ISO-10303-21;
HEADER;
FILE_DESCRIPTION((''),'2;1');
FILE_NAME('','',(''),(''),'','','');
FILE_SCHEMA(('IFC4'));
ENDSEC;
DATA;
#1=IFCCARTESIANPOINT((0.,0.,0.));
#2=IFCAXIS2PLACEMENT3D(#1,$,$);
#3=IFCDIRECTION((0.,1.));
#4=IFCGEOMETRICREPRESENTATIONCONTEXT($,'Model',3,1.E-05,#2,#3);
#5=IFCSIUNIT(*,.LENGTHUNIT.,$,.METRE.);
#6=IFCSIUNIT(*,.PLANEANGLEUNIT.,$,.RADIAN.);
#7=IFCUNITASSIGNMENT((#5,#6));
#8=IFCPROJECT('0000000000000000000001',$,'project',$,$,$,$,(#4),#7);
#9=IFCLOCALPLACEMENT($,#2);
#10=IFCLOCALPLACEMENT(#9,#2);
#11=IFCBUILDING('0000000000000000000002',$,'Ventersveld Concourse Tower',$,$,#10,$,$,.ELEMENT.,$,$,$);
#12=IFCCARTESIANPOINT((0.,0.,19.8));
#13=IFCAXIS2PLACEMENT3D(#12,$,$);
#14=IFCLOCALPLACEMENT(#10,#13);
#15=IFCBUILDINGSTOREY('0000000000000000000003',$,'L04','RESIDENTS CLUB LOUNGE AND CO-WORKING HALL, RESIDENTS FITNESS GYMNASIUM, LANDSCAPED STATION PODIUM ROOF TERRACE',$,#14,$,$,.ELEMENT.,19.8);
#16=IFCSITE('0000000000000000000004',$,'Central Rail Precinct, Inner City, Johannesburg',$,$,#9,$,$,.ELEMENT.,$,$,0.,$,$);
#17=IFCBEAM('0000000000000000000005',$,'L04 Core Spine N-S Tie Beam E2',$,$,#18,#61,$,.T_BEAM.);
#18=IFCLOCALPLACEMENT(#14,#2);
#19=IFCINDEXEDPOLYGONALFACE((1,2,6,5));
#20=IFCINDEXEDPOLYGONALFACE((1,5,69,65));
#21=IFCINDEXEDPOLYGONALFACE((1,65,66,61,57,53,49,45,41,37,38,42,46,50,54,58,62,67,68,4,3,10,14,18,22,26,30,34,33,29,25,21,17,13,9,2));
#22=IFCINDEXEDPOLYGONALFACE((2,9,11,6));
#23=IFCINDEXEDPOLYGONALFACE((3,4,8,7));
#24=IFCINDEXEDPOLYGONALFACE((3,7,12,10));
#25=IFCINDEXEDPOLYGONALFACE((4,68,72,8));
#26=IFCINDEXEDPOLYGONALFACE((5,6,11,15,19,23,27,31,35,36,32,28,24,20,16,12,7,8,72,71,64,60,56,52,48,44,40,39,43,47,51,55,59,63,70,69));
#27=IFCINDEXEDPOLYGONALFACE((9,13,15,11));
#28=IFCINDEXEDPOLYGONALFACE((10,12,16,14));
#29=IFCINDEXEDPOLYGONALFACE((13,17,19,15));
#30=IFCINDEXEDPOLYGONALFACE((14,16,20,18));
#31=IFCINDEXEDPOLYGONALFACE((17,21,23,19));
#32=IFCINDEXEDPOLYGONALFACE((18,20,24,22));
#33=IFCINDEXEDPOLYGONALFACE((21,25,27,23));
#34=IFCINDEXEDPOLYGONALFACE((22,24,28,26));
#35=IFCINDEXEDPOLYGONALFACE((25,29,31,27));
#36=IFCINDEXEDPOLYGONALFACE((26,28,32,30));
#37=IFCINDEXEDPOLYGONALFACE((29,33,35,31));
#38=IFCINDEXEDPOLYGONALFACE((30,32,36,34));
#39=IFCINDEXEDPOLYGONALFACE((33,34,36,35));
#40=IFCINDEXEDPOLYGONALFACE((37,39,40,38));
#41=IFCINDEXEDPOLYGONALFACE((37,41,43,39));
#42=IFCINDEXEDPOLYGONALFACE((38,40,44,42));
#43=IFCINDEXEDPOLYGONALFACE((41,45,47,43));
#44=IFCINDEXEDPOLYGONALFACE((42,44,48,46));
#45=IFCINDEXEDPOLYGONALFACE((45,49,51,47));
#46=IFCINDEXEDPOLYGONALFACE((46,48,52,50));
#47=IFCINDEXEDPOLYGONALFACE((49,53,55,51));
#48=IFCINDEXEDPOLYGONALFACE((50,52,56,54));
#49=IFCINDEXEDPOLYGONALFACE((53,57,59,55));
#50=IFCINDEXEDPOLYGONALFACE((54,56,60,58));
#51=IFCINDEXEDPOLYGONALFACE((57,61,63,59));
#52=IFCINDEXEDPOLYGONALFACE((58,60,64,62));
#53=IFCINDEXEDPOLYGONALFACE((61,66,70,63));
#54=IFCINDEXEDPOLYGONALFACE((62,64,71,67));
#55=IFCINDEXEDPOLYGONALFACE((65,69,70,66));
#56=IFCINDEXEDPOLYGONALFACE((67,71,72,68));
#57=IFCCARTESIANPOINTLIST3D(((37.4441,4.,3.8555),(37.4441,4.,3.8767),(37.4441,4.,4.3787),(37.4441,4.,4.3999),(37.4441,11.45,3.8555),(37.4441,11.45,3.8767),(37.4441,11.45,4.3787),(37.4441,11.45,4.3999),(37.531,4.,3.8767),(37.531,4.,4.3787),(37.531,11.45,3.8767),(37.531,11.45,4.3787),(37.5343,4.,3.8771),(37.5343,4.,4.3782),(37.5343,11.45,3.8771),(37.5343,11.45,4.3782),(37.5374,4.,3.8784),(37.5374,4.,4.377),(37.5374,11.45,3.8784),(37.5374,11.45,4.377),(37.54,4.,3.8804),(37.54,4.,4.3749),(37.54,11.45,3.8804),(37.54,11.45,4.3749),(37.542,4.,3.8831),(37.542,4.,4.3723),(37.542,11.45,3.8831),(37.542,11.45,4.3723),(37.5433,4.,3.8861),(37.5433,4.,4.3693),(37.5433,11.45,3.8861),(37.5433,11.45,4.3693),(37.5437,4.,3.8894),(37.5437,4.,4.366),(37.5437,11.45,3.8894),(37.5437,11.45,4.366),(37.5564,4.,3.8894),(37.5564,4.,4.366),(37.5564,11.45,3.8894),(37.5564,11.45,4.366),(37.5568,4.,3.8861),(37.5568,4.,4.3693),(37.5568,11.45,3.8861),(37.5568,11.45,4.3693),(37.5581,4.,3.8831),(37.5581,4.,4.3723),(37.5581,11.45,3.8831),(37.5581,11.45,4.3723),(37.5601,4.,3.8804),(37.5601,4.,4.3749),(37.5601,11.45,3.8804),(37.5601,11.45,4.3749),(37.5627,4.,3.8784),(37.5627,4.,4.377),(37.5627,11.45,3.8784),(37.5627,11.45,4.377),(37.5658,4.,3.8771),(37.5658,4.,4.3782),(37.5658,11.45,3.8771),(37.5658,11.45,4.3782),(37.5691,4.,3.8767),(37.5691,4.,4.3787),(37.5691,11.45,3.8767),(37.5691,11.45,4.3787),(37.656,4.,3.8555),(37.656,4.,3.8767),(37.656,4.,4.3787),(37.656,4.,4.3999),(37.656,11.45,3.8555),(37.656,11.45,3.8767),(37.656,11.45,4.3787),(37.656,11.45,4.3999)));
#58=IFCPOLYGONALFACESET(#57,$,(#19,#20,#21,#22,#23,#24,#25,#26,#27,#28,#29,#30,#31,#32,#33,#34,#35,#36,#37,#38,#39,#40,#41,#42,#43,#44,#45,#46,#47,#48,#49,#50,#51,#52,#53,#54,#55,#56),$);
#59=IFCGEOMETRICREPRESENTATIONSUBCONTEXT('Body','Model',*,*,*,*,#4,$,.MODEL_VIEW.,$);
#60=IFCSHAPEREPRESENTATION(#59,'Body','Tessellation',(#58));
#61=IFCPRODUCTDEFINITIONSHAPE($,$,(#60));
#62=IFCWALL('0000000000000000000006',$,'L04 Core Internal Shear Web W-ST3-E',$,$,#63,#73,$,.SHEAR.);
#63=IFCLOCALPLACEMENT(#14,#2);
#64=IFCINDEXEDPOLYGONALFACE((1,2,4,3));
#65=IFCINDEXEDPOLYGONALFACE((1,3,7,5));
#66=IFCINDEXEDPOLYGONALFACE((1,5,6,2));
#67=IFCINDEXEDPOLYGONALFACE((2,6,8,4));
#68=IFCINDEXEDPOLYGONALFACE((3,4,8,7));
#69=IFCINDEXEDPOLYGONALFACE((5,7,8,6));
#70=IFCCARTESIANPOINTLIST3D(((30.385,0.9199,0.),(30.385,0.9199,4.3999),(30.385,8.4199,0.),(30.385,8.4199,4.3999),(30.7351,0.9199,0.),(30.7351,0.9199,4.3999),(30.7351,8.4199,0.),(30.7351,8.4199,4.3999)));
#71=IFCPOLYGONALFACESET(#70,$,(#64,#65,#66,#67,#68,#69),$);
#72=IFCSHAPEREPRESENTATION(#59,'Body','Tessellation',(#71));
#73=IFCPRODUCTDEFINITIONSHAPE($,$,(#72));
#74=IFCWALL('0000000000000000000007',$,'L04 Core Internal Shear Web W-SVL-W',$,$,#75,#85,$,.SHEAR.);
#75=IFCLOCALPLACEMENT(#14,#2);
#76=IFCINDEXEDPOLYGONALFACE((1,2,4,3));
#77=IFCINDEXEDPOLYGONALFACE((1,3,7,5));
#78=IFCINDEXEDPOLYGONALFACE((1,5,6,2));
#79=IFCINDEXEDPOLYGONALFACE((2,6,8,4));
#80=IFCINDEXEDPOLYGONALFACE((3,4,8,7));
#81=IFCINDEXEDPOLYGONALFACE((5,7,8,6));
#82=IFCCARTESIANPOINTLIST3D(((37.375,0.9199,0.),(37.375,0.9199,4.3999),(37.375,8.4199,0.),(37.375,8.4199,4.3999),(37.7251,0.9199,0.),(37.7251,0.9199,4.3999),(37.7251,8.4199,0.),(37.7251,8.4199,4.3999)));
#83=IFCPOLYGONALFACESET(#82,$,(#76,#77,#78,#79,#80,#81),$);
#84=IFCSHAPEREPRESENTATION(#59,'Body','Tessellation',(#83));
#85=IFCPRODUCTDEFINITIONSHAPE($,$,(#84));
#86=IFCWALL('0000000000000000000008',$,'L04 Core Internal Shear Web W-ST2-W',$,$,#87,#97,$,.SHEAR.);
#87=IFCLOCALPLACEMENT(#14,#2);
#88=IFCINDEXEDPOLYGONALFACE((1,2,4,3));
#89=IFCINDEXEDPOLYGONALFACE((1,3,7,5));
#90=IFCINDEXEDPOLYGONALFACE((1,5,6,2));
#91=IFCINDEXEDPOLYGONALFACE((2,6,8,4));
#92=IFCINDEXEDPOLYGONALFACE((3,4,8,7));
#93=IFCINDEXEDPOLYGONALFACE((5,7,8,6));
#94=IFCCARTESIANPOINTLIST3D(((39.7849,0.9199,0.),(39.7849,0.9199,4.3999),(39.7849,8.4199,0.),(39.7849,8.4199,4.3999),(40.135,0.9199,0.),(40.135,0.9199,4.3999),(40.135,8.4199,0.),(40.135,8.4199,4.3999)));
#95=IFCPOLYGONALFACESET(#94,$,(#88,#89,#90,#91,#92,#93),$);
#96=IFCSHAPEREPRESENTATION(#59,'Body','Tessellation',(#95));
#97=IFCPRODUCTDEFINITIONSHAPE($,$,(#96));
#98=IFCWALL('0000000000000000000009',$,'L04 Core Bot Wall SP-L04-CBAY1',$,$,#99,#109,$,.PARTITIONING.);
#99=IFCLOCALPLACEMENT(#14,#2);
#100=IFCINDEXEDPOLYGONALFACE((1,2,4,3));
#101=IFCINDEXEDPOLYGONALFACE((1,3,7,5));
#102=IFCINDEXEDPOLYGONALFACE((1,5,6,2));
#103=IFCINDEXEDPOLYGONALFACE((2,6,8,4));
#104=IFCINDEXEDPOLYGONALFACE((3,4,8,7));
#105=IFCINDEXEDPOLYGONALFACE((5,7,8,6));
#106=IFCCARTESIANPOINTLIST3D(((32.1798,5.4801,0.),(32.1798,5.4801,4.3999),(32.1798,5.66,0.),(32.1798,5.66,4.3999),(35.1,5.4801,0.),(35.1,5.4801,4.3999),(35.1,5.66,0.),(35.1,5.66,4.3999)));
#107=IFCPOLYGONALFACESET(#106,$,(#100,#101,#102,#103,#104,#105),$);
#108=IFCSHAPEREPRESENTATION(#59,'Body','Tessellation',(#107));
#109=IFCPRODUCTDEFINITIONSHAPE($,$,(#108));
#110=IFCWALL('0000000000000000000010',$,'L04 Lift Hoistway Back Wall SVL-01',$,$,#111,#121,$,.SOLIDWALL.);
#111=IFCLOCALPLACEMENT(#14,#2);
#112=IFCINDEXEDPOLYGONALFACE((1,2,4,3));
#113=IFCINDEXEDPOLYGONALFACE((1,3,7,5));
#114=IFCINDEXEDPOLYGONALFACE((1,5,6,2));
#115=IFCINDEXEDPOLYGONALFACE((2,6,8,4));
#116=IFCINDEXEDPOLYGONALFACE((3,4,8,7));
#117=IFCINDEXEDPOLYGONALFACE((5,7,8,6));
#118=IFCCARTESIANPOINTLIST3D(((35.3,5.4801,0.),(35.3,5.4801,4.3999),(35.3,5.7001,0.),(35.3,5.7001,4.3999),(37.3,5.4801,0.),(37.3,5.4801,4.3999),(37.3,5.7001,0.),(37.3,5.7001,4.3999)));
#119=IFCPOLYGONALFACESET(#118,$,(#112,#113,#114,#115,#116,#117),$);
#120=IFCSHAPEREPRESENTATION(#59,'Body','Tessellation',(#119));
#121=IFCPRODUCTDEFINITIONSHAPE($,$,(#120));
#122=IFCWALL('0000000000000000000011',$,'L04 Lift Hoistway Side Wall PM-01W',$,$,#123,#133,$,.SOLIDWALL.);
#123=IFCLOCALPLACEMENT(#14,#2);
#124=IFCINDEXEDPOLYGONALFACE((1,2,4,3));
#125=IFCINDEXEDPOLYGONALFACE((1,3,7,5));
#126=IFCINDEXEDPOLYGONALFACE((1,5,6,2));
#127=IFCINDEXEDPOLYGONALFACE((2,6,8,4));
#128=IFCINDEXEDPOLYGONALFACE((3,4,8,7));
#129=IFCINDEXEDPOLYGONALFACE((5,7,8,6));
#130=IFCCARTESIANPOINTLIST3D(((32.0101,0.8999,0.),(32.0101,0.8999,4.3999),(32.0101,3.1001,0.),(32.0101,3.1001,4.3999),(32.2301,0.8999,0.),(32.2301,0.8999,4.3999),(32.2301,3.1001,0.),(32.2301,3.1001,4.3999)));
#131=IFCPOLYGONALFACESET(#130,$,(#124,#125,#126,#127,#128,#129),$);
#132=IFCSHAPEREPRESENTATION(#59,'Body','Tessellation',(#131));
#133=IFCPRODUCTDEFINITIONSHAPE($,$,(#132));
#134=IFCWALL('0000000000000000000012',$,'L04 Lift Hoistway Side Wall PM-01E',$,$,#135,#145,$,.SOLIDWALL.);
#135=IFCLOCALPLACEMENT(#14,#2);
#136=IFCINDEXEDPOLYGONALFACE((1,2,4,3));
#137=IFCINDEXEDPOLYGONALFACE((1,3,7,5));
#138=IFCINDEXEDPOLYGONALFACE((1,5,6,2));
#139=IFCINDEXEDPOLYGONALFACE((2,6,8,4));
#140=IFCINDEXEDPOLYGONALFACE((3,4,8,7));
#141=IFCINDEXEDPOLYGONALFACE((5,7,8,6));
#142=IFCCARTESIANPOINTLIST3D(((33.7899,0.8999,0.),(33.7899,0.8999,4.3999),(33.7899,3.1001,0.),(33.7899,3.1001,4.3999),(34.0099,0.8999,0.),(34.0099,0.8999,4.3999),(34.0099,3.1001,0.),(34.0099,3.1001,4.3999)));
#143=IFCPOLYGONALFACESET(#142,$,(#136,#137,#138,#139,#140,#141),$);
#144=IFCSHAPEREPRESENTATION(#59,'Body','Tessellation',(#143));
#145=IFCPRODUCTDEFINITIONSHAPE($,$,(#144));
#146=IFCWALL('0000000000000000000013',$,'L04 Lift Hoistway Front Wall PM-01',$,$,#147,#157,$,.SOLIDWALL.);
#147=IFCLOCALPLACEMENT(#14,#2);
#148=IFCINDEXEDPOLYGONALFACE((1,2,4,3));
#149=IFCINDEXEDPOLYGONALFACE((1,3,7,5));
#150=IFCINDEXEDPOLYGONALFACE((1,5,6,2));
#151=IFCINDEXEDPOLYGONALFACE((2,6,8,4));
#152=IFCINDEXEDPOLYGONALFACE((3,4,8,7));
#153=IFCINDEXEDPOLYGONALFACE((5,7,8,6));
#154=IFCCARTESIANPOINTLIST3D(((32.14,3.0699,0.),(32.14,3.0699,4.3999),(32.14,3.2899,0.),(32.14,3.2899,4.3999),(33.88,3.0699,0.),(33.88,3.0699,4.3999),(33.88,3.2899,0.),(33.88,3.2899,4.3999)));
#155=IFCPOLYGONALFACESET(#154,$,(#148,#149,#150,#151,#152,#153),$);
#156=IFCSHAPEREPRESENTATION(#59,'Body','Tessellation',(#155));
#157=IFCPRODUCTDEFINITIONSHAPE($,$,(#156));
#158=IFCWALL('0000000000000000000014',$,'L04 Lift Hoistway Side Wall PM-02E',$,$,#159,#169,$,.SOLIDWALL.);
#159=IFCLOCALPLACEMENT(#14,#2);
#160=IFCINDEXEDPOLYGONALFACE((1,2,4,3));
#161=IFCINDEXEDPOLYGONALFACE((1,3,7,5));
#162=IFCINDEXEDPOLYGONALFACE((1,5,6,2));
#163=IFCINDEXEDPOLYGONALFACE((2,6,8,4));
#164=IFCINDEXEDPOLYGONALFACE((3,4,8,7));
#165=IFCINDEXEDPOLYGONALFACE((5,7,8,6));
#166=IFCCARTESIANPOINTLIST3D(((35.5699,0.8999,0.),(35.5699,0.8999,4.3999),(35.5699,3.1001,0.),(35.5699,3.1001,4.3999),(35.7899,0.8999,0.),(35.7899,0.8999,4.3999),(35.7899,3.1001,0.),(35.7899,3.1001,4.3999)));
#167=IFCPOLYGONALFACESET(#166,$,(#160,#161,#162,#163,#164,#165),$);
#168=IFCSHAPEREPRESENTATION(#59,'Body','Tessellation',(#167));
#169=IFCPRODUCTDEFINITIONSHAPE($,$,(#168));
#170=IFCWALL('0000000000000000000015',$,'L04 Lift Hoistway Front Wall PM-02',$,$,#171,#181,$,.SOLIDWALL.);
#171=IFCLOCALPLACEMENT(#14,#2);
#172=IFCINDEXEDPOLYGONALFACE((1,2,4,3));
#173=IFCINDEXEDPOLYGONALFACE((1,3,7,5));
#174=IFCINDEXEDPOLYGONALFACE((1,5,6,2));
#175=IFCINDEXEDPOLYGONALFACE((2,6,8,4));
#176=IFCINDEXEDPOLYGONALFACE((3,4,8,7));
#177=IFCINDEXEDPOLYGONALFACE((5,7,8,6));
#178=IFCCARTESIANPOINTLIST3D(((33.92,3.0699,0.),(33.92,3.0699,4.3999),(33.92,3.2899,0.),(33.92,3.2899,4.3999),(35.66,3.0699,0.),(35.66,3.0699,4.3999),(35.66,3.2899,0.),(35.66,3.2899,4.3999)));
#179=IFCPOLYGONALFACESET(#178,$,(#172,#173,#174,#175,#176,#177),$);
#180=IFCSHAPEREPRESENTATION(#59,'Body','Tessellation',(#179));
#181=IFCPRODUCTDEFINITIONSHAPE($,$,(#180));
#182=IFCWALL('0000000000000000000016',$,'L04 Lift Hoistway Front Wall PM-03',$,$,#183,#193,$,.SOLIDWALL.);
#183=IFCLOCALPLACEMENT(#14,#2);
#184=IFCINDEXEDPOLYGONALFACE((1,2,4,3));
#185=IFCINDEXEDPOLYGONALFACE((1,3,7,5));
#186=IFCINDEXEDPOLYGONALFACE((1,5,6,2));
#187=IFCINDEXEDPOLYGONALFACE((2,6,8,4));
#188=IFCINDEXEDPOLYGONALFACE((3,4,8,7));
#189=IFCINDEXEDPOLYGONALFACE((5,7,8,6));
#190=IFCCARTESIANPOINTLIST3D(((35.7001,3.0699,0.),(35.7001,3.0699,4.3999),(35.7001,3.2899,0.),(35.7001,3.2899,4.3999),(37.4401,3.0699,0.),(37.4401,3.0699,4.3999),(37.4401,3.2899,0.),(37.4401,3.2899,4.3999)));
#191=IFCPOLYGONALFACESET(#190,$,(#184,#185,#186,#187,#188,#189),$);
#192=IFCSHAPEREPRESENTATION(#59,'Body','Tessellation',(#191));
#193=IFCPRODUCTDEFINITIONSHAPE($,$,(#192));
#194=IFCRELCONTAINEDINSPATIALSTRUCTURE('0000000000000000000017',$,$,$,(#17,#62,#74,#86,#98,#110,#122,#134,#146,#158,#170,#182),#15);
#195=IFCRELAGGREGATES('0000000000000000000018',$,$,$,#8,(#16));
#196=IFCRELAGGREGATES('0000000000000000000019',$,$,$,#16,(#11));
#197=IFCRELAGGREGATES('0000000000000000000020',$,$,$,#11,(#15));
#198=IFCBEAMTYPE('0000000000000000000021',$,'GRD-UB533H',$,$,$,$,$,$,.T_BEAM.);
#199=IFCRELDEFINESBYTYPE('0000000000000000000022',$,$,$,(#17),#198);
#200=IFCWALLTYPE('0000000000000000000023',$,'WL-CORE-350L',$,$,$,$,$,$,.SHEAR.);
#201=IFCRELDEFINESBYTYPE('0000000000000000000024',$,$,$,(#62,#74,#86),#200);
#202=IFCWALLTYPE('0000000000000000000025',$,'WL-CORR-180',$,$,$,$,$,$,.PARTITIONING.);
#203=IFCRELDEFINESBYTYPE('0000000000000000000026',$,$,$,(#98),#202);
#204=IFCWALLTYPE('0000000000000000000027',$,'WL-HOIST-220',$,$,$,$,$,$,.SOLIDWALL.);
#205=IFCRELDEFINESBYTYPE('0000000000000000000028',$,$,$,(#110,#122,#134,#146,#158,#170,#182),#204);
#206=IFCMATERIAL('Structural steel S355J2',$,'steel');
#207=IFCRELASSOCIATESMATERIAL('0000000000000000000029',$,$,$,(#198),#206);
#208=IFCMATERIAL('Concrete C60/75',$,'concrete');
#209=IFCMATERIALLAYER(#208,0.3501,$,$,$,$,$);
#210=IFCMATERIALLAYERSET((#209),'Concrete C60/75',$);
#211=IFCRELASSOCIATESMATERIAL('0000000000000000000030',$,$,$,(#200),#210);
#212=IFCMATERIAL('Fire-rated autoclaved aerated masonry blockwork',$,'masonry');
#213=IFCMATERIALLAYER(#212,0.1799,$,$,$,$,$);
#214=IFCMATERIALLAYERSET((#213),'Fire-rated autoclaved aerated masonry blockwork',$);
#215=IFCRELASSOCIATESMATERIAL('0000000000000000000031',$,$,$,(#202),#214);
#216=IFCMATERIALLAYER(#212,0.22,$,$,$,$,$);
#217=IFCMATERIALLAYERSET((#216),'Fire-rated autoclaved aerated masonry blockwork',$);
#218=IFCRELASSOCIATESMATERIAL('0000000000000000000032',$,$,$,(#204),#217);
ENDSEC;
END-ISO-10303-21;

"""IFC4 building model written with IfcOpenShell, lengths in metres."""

from ifc_helpers import new_model, si_unit, direction, frame, frame_2d, origin, origin_2d, place, context, subcontext, project, spatial, rectangle, i_section, extrude, material, layer, layer_set, material_profile, profile_set, type_object, element, save


model = new_model("IFC4")

# Units and contexts
model_context = context("Model", 3, precision=1e-05, world=origin(), true_north=direction((0.0, 1.0)))
body_context = subcontext(model_context, "Body", "Model", "MODEL_VIEW")
ifc_project = project(units=[si_unit("LENGTHUNIT", "METRE"), si_unit("PLANEANGLEUNIT", "RADIAN")], contexts=[model_context])

# Site, building, storey
site_placement = place(None, origin())
site = spatial("IfcSite", under=ifc_project, at=site_placement, Name="Central Rail Precinct, Inner City, Johannesburg", CompositionType="ELEMENT", RefElevation=0.0)
building_placement = place(site_placement, origin())
building = spatial("IfcBuilding", under=site, at=building_placement, Name="Ventersveld Concourse Tower", CompositionType="ELEMENT")
storey_placement = place(building_placement, frame((0.0, 0.0, 19.8)))
storey = spatial("IfcBuildingStorey", under=building, at=storey_placement, Name="L04", Description="RESIDENTS CLUB LOUNGE AND CO-WORKING HALL, RESIDENTS FITNESS GYMNASIUM, LANDSCAPED STATION PODIUM ROOF TERRACE", CompositionType="ELEMENT", Elevation=19.8)

# Beam
ifc_material_1 = material(Name="Structural steel S355J2", Category="steel")
ifc_material_profile_1 = material_profile(ifc_material_1, i_section(OverallWidth=0.2119, OverallDepth=0.5444, WebThickness=0.0127, FlangeThickness=0.0212, FilletRadius=0.0127, at=origin_2d()), Name="UB 533x210x122")
ifc_profile_set_1 = profile_set([ifc_material_profile_1], Name="Structural steel S355J2")
beam_type_1 = type_object("IfcBeamType", Name="GRD-UB533H", PredefinedType="T_BEAM", material=ifc_profile_set_1)
beam_1_placement = place(storey_placement, frame((37.55, 4.0, 4.1277), z_axis=(0.0, 1.0, 0.0), x_axis=(-1.0, 0.0, 0.0)))
element("IfcBeam", 1, at=beam_1_placement, inside=storey, type_object=beam_type_1, Name="L04 Core Spine N-S Tie Beam E2", PredefinedType="T_BEAM", context=body_context, shape_type="SweptSolid", body=[
    extrude(i_section(OverallWidth=0.2119, OverallDepth=0.5444, WebThickness=0.0127, FlangeThickness=0.0212, FilletRadius=0.0127, at=origin_2d()), origin(), (0.0, 0.0, 1.0), 7.45),
])

# Walls
ifc_material_2 = material(Name="Concrete C60/75", Category="concrete")
ifc_layer_1 = layer(ifc_material_2, 0.3501)
ifc_layer_set_1 = layer_set([ifc_layer_1], Name="Concrete C60/75")
wall_type_1 = type_object("IfcWallType", Name="WL-CORE-350L", PredefinedType="SHEAR", material=ifc_layer_set_1)
for number, where, z_axis, x_axis, name in (
    (2, (30.5601, 0.9199, 0.0), (0.0, 0.0, 1.0), (0.0, 1.0, 0.0), "L04 Core Internal Shear Web W-ST3-E"),
    (3, (37.55, 0.9199, 0.0), (0.0, 0.0, 1.0), (0.0, 1.0, 0.0), "L04 Core Internal Shear Web W-SVL-W"),
    (4, (39.96, 0.9199, 0.0), (0.0, 0.0, 1.0), (0.0, 1.0, 0.0), "L04 Core Internal Shear Web W-ST2-W"),
):
    element("IfcWall", number, at=place(storey_placement, frame(where, z_axis=z_axis, x_axis=x_axis)), inside=storey, type_object=wall_type_1, Name=name, PredefinedType="SHEAR", context=body_context, shape_type="SweptSolid", body=[
        extrude(rectangle(XDim=7.5, YDim=0.3501, at=frame_2d((3.75, 0.0))), origin(), (0.0, 0.0, 1.0), 4.3999),
    ])
ifc_material_3 = material(Name="Fire-rated autoclaved aerated masonry blockwork", Category="masonry")
ifc_layer_2 = layer(ifc_material_3, 0.1799)
ifc_layer_set_2 = layer_set([ifc_layer_2], Name="Fire-rated autoclaved aerated masonry blockwork")
wall_type_2 = type_object("IfcWallType", Name="WL-CORR-180", PredefinedType="PARTITIONING", material=ifc_layer_set_2)
wall_1_placement = place(storey_placement, frame((32.1799, 5.5701, 0.0), z_axis=(0.0, 0.0, 1.0), x_axis=(1.0, 0.0, 0.0)))
element("IfcWall", 5, at=wall_1_placement, inside=storey, type_object=wall_type_2, Name="L04 Core Bot Wall SP-L04-CBAY1", PredefinedType="PARTITIONING", context=body_context, shape_type="SweptSolid", body=[
    extrude(rectangle(XDim=2.9202, YDim=0.1799, at=frame_2d((1.46, 0.0))), origin(), (0.0, 0.0, 1.0), 4.3999),
])
ifc_layer_3 = layer(ifc_material_3, 0.22)
ifc_layer_set_3 = layer_set([ifc_layer_3], Name="Fire-rated autoclaved aerated masonry blockwork")
wall_type_3 = type_object("IfcWallType", Name="WL-HOIST-220", PredefinedType="SOLIDWALL", material=ifc_layer_set_3)
wall_2_placement = place(storey_placement, frame((35.3, 5.5901, 0.0), z_axis=(0.0, 0.0, 1.0), x_axis=(1.0, 0.0, 0.0)))
element("IfcWall", 6, at=wall_2_placement, inside=storey, type_object=wall_type_3, Name="L04 Lift Hoistway Back Wall SVL-01", PredefinedType="SOLIDWALL", context=body_context, shape_type="SweptSolid", body=[
    extrude(rectangle(XDim=2.0, YDim=0.22, at=frame_2d((1.0, 0.0))), origin(), (0.0, 0.0, 1.0), 4.3999),
])
for number, where, z_axis, x_axis, name in (
    (7, (32.1201, 0.8999, 0.0), (0.0, 0.0, 1.0), (0.0, 1.0, 0.0), "L04 Lift Hoistway Side Wall PM-01W"),
    (8, (33.8999, 0.8999, 0.0), (0.0, 0.0, 1.0), (0.0, 1.0, 0.0), "L04 Lift Hoistway Side Wall PM-01E"),
):
    element("IfcWall", number, at=place(storey_placement, frame(where, z_axis=z_axis, x_axis=x_axis)), inside=storey, type_object=wall_type_3, Name=name, PredefinedType="SOLIDWALL", context=body_context, shape_type="SweptSolid", body=[
        extrude(rectangle(XDim=2.2002, YDim=0.22, at=frame_2d((1.1001, 0.0))), origin(), (0.0, 0.0, 1.0), 4.3999),
    ])
wall_3_placement = place(storey_placement, frame((32.1399, 3.1799, 0.0), z_axis=(0.0, 0.0, 1.0), x_axis=(1.0, 0.0, 0.0)))
element("IfcWall", 9, at=wall_3_placement, inside=storey, type_object=wall_type_3, Name="L04 Lift Hoistway Front Wall PM-01", PredefinedType="SOLIDWALL", context=body_context, shape_type="SweptSolid", body=[
    extrude(rectangle(XDim=1.74, YDim=0.22, at=frame_2d((0.8701, 0.0))), origin(), (0.0, 0.0, 1.0), 4.3999),
])
wall_4_placement = place(storey_placement, frame((35.6799, 0.8999, 0.0), z_axis=(0.0, 0.0, 1.0), x_axis=(0.0, 1.0, 0.0)))
element("IfcWall", 10, at=wall_4_placement, inside=storey, type_object=wall_type_3, Name="L04 Lift Hoistway Side Wall PM-02E", PredefinedType="SOLIDWALL", context=body_context, shape_type="SweptSolid", body=[
    extrude(rectangle(XDim=2.2002, YDim=0.22, at=frame_2d((1.1001, 0.0))), origin(), (0.0, 0.0, 1.0), 4.3999),
])
for number, where, z_axis, x_axis, name in (
    (11, (33.9199, 3.1799, 0.0), (0.0, 0.0, 1.0), (1.0, 0.0, 0.0), "L04 Lift Hoistway Front Wall PM-02"),
    (12, (35.7, 3.1799, 0.0), (0.0, 0.0, 1.0), (1.0, 0.0, 0.0), "L04 Lift Hoistway Front Wall PM-03"),
):
    element("IfcWall", number, at=place(storey_placement, frame(where, z_axis=z_axis, x_axis=x_axis)), inside=storey, type_object=wall_type_3, Name=name, PredefinedType="SOLIDWALL", context=body_context, shape_type="SweptSolid", body=[
        extrude(rectangle(XDim=1.74, YDim=0.22, at=frame_2d((0.8701, 0.0))), origin(), (0.0, 0.0, 1.0), 4.3999),
    ])

save(model, "model.ifc")
